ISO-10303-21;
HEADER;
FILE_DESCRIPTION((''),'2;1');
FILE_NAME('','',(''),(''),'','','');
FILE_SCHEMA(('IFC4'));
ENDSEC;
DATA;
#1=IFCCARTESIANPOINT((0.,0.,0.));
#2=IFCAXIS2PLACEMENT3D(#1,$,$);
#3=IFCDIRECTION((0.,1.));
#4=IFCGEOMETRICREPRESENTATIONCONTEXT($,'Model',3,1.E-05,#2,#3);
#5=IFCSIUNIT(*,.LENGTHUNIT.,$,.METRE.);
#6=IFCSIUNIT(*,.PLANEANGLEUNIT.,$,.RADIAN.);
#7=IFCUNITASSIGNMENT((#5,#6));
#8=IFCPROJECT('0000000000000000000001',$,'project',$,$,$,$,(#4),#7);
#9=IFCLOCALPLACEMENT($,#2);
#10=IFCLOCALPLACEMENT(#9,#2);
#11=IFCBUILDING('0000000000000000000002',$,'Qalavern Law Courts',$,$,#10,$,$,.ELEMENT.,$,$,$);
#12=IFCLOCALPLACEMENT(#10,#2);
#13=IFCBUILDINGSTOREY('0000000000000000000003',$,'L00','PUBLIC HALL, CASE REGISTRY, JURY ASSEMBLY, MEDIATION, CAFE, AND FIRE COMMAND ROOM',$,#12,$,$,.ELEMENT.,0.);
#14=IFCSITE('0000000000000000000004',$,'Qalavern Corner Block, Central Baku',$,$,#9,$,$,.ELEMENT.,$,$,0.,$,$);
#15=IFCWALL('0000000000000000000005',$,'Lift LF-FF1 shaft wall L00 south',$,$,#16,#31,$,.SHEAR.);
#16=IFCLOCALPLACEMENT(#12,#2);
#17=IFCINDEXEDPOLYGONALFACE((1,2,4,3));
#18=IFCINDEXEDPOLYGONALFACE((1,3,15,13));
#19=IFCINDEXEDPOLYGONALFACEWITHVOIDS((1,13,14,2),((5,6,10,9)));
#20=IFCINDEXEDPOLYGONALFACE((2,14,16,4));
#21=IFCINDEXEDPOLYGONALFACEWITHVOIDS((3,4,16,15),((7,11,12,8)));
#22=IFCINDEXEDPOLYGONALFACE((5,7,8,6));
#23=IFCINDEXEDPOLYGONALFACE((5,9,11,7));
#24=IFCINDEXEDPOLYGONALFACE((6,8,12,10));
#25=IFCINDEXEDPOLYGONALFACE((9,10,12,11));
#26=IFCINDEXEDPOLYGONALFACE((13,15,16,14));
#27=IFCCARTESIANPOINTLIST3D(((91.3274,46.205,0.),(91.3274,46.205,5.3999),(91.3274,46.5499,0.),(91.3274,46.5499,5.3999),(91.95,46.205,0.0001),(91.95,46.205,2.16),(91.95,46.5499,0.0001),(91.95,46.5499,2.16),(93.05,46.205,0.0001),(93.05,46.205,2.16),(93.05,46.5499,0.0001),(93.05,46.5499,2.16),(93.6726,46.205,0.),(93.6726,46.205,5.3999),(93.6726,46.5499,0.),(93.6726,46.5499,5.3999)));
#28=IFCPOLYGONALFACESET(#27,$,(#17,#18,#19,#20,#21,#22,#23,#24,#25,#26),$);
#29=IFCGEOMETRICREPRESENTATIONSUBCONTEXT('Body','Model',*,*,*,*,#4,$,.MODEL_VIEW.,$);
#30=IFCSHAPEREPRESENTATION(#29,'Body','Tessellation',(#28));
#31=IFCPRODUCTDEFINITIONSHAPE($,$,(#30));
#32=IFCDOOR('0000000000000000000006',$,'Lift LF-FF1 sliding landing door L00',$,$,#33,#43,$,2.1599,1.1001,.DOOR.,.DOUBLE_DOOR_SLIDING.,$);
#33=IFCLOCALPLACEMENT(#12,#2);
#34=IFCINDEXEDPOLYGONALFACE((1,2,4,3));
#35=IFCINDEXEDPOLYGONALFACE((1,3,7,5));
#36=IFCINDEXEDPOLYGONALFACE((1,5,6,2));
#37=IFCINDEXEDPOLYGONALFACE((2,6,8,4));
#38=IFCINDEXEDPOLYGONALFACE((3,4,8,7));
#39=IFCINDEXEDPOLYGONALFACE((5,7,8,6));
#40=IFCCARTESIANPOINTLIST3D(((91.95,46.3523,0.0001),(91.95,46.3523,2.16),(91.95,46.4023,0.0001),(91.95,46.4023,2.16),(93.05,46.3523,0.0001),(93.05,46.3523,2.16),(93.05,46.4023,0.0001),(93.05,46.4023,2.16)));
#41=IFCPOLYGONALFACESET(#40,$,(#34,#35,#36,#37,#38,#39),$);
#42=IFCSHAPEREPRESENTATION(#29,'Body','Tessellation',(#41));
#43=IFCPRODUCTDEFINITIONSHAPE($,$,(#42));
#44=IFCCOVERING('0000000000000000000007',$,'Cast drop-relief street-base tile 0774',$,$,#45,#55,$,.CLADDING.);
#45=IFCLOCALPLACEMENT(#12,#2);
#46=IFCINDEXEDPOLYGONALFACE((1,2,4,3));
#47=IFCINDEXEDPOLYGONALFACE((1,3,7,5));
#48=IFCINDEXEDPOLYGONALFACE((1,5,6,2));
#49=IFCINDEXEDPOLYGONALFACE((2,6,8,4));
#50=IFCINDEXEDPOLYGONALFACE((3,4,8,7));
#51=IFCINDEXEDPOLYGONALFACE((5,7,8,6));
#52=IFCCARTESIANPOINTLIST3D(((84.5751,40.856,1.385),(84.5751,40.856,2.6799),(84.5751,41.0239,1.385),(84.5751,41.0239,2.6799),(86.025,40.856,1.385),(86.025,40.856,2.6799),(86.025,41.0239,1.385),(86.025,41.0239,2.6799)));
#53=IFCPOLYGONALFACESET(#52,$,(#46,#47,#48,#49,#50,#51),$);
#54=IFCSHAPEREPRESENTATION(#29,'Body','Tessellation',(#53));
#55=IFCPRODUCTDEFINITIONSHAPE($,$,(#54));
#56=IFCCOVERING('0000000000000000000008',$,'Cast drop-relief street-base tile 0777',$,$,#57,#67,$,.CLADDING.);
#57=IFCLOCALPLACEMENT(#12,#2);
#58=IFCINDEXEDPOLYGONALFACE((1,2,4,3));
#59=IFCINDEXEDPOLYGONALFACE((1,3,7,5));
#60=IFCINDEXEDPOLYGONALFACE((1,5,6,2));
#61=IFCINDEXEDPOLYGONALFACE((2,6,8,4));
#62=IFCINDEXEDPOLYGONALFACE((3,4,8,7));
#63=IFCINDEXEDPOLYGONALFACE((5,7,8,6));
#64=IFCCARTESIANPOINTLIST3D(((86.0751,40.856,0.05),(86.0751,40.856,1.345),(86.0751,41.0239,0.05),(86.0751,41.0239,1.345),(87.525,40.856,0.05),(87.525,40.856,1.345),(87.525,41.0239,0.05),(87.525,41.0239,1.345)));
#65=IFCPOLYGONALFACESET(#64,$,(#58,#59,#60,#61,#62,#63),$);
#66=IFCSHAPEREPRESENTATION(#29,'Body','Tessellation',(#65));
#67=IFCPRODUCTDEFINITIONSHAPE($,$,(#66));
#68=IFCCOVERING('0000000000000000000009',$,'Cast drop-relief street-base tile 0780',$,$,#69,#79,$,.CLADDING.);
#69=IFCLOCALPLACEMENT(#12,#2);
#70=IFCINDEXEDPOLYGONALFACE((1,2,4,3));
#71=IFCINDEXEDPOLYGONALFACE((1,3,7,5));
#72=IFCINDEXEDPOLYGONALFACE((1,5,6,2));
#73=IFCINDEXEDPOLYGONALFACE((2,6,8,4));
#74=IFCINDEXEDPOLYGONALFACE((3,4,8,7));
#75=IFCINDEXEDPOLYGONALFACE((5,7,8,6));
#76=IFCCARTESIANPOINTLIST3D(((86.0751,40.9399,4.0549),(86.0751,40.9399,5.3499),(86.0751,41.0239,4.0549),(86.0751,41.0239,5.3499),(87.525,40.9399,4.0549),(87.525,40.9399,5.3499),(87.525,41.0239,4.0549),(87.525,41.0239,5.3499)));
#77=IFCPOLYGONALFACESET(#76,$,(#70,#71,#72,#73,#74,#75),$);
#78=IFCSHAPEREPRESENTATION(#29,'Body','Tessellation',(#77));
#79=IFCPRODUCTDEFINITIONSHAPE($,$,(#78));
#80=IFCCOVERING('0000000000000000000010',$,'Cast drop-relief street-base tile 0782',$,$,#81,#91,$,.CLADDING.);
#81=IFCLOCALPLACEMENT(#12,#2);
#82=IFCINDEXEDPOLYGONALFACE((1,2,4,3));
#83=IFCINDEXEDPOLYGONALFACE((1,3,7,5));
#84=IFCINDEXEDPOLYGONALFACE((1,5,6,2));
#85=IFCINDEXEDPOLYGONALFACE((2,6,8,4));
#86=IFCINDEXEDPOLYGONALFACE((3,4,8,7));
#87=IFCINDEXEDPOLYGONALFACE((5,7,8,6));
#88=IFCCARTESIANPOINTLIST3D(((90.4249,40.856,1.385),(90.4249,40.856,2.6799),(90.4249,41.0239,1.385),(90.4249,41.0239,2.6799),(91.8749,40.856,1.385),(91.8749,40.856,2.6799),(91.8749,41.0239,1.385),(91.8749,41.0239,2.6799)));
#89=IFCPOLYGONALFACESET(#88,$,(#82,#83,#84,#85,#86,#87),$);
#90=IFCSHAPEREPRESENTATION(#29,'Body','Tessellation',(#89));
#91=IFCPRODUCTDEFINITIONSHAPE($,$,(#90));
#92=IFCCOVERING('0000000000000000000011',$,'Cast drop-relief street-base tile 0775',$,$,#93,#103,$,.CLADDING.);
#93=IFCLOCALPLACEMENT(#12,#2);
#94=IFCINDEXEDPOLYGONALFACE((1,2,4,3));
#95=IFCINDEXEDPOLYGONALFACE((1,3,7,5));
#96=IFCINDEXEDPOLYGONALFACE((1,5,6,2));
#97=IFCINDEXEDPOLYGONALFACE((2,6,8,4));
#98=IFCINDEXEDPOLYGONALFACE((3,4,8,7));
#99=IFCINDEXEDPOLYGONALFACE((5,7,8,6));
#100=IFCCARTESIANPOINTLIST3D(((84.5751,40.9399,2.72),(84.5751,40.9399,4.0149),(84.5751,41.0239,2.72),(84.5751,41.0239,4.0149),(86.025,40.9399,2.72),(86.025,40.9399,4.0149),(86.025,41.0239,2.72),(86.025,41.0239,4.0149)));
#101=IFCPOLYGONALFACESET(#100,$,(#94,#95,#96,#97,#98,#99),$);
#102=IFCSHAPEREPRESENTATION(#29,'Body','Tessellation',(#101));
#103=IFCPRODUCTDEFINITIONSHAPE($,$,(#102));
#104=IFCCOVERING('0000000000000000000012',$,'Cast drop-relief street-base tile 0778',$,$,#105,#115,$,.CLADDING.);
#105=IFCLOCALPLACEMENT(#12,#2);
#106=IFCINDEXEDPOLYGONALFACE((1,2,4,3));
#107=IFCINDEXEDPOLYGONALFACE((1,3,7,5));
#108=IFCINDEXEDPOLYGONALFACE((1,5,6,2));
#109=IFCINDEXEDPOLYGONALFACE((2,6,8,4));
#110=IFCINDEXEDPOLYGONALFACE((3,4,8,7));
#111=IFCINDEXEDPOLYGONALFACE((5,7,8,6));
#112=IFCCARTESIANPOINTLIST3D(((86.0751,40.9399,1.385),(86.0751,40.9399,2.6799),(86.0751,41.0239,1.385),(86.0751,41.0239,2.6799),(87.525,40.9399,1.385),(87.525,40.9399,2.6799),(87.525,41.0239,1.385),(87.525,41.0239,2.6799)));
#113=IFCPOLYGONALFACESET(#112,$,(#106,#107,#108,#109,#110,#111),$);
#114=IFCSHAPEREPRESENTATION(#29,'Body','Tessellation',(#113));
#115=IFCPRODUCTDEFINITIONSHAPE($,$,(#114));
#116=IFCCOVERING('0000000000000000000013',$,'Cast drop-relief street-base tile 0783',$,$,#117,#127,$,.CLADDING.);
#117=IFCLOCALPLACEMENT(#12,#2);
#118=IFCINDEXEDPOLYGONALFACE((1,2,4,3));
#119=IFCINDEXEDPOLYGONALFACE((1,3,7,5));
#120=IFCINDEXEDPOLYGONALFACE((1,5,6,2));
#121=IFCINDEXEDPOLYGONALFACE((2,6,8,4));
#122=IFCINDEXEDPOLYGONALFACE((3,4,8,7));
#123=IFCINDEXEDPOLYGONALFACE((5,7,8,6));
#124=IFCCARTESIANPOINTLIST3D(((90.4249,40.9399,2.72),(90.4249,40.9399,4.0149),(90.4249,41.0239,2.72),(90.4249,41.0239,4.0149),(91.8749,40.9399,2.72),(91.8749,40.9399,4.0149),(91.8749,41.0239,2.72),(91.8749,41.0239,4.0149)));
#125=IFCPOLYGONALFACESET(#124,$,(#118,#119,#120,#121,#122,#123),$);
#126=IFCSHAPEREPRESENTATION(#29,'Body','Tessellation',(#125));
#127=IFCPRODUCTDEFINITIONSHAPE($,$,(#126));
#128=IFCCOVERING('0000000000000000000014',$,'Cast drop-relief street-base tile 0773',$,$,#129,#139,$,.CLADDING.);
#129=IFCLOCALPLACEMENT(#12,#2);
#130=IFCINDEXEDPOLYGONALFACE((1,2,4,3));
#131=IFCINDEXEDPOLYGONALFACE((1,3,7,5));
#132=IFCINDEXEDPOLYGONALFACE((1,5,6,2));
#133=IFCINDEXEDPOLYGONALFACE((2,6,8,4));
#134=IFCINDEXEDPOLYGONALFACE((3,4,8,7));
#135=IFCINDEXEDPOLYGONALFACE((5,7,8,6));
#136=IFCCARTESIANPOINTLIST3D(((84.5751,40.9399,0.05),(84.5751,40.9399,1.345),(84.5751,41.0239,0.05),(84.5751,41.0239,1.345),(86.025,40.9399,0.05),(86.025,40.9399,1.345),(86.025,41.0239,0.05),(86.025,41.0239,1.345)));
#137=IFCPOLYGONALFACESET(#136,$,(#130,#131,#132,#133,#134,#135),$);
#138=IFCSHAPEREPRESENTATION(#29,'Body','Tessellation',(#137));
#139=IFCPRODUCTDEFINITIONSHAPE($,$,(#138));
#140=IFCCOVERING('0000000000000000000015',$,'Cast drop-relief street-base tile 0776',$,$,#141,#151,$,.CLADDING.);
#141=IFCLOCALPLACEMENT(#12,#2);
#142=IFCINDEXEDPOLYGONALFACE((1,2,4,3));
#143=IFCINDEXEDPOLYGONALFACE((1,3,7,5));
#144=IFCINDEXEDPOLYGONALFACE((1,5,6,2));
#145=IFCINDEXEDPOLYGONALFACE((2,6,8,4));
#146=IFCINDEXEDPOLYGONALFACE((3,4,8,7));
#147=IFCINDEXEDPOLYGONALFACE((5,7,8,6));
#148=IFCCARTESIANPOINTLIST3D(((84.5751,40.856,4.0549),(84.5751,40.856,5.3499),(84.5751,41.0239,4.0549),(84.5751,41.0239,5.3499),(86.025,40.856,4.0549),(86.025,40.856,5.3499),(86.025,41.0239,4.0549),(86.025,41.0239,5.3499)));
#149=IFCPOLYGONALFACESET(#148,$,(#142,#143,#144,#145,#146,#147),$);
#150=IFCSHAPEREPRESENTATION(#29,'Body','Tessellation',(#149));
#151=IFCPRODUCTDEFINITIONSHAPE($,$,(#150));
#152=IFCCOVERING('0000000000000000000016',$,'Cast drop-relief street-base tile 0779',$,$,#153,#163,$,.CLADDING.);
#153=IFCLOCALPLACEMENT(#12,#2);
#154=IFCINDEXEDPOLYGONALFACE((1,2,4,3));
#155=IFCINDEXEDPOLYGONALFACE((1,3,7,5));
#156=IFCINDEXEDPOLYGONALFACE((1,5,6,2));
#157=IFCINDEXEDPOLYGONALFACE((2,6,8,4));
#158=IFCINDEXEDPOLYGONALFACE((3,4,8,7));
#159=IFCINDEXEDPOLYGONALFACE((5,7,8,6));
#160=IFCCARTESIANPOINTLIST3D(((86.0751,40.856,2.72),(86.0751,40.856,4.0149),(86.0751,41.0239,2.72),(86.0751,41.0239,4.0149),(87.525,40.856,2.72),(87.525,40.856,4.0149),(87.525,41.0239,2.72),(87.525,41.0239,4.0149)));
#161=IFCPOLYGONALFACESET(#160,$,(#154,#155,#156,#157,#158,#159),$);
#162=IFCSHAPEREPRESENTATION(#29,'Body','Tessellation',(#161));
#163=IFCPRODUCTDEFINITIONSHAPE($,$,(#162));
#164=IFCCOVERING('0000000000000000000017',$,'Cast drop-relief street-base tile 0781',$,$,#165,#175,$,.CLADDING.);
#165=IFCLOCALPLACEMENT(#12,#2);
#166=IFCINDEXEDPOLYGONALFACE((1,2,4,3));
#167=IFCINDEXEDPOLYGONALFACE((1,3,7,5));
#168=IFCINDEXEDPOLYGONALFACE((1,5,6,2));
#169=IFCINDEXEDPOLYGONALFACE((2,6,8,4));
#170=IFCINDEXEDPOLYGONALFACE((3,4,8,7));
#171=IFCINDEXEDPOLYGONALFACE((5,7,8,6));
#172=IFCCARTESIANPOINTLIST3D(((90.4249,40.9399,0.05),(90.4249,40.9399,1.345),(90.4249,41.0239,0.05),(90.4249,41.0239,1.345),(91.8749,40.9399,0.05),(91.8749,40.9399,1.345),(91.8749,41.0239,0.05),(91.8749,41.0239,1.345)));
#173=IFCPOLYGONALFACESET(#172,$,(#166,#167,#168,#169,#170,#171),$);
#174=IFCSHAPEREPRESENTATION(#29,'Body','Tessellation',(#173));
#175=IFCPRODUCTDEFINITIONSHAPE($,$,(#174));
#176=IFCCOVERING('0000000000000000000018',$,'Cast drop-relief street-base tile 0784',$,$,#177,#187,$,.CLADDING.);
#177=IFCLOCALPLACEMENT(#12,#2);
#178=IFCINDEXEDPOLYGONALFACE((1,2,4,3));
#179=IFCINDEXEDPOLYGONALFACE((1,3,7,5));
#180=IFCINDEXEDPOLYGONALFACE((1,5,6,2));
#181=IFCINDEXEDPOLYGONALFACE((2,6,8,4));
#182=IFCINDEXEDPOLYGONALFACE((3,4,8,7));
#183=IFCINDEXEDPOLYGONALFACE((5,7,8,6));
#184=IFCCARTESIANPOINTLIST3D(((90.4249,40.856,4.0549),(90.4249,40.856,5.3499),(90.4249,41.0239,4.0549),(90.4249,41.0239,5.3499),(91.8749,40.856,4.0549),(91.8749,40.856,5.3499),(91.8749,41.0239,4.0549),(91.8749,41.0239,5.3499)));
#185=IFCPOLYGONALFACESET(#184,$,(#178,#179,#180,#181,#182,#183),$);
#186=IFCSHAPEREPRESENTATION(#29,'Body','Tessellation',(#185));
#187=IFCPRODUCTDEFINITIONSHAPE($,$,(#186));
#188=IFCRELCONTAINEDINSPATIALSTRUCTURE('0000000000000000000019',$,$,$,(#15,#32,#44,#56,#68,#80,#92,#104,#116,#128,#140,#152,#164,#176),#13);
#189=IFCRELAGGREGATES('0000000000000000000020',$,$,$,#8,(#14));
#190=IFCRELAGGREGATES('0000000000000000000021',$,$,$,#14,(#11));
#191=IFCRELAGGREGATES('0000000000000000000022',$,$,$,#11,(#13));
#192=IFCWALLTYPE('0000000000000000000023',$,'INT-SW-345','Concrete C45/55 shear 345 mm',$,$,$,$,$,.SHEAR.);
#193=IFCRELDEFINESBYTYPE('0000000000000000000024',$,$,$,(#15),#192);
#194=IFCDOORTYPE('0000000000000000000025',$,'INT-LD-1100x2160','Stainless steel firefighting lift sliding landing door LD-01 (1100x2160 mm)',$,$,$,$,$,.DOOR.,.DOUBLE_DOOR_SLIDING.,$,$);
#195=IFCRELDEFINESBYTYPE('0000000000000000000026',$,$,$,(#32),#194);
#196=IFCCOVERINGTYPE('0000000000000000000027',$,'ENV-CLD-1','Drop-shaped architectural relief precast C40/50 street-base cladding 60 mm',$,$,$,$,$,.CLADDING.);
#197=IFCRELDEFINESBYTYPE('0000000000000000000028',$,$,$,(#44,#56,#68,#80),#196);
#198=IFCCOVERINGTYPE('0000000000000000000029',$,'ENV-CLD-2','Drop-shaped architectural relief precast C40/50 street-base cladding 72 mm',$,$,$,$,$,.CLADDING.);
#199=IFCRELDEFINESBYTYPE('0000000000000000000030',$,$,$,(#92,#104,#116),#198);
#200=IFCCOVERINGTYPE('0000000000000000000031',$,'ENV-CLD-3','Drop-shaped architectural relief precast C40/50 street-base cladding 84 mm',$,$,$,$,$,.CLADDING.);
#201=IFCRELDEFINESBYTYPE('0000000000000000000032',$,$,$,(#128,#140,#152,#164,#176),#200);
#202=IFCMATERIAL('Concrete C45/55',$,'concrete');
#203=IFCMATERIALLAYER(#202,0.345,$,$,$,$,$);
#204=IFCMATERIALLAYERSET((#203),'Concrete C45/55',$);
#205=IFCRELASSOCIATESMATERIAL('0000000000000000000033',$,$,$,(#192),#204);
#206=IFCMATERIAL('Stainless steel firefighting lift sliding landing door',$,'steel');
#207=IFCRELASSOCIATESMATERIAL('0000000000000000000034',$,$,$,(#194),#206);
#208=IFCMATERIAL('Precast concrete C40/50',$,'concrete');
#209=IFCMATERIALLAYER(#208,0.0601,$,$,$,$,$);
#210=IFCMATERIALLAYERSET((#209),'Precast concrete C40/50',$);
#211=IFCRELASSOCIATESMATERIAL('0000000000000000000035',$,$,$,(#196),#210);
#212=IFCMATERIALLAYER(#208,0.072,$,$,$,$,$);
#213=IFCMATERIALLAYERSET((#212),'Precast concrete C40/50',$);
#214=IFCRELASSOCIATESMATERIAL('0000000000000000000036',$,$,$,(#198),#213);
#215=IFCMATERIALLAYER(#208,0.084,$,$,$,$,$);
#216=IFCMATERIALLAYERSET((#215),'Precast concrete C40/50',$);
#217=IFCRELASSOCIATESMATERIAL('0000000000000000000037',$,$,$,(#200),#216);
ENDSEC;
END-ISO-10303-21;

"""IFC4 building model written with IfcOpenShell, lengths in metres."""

from ifc_helpers import new_model, si_unit, direction, frame, frame_2d, origin, origin_2d, place, context, subcontext, project, spatial, rectangle, extrude, material, layer, layer_set, type_object, element, fill, save


model = new_model("IFC4")

# Units and contexts
model_context = context("Model", 3, precision=1e-05, world=origin(), true_north=direction((0.0, 1.0)))
body_context = subcontext(model_context, "Body", "Model", "MODEL_VIEW")
ifc_project = project(units=[si_unit("LENGTHUNIT", "METRE"), si_unit("PLANEANGLEUNIT", "RADIAN")], contexts=[model_context])

# Site, building, storey
site_placement = place(None, origin())
site = spatial("IfcSite", under=ifc_project, at=site_placement, Name="Qalavern Corner Block, Central Baku", CompositionType="ELEMENT", RefElevation=0.0)
building_placement = place(site_placement, origin())
building = spatial("IfcBuilding", under=site, at=building_placement, Name="Qalavern Law Courts", CompositionType="ELEMENT")
storey_placement = place(building_placement, origin())
storey = spatial("IfcBuildingStorey", under=building, at=storey_placement, Name="L00", Description="PUBLIC HALL, CASE REGISTRY, JURY ASSEMBLY, MEDIATION, CAFE, AND FIRE COMMAND ROOM", CompositionType="ELEMENT", Elevation=0.0)

# Shared definitions
ifc_material_1 = material(Name="Concrete C45/55", Category="concrete")

# Wall, opening, door
ifc_layer_1 = layer(ifc_material_1, 0.345)
ifc_layer_set_1 = layer_set([ifc_layer_1], Name="Concrete C45/55")
wall_type_1 = type_object("IfcWallType", Name="INT-SW-345", Description="Concrete C45/55 shear 345 mm", PredefinedType="SHEAR", material=ifc_layer_set_1)
wall_1_placement = place(storey_placement, frame((91.3274, 46.3774, 0.0), z_axis=(0.0, 0.0, 1.0), x_axis=(1.0, 0.0, 0.0)))
wall_1 = element("IfcWall", 1, at=wall_1_placement, inside=storey, type_object=wall_type_1, Name="Lift LF-FF1 shaft wall L00 south", PredefinedType="SHEAR", context=body_context, shape_type="SweptSolid", body=[
    extrude(rectangle(XDim=2.3452, YDim=0.345, at=frame_2d((1.1726, 0.0))), origin(), (0.0, 0.0, 1.0), 5.3999),
])
opening_1_placement = place(wall_1_placement, frame((0.6226, 0.0, 0.0)))
opening_1 = element("IfcOpeningElement", 2, at=opening_1_placement, cuts=wall_1, PredefinedType="OPENING", context=body_context, shape_type="SweptSolid", body=[
    extrude(rectangle(XDim=1.1001, YDim=2.1599, at=frame_2d((0.55, 1.0801))), frame((0.0, 0.1875, 0.0), z_axis=(0.0, -1.0, 0.0), x_axis=(1.0, 0.0, 0.0)), (0.0, 0.0, 1.0), 0.3748),
])
ifc_material_2 = material(Name="Stainless steel firefighting lift sliding landing door", Category="steel")
door_type_1 = type_object("IfcDoorType", Name="INT-LD-1100x2160", Description="Stainless steel firefighting lift sliding landing door LD-01 (1100x2160 mm)", OperationType="DOUBLE_DOOR_SLIDING", PredefinedType="DOOR", material=ifc_material_2)
door_1_placement = place(opening_1_placement, origin())
door_1 = element("IfcDoor", 3, at=door_1_placement, inside=storey, type_object=door_type_1, Name="Lift LF-FF1 sliding landing door L00", OperationType="DOUBLE_DOOR_SLIDING", OverallHeight=2.1599, OverallWidth=1.1001, PredefinedType="DOOR", context=body_context, shape_type="SweptSolid", body=[
    extrude(rectangle(XDim=1.1001, YDim=2.1599, at=frame_2d((0.55, 1.0801))), frame((0.0, 0.0249, 0.0), z_axis=(0.0, -1.0, 0.0), x_axis=(1.0, 0.0, 0.0)), (0.0, 0.0, 1.0), 0.05),
])
fill(opening_1, door_1)

# Coverings
ifc_material_3 = material(Name="Precast concrete C40/50", Category="concrete")
ifc_layer_2 = layer(ifc_material_3, 0.0601)
ifc_layer_set_2 = layer_set([ifc_layer_2], Name="Precast concrete C40/50")
covering_type_1 = type_object("IfcCoveringType", Name="ENV-CLD-1", Description="Drop-shaped architectural relief precast C40/50 street-base cladding 60 mm", PredefinedType="CLADDING", material=ifc_layer_set_2)
for number, where, z_axis, x_axis, name in (
    (4, (85.3, 40.9399, 1.385), (0.0, 0.0, 1.0), (1.0, 0.0, 0.0), "Cast drop-relief street-base tile 0774"),
    (5, (86.8, 40.9399, 0.05), (0.0, 0.0, 1.0), (1.0, 0.0, 0.0), "Cast drop-relief street-base tile 0777"),
):
    element("IfcCovering", number, at=place(storey_placement, frame(where, z_axis=z_axis, x_axis=x_axis)), inside=storey, type_object=covering_type_1, Name=name, PredefinedType="CLADDING", context=body_context, shape_type="SweptSolid", body=[
        extrude(rectangle(XDim=1.45, YDim=0.168, at=origin_2d()), origin(), (0.0, 0.0, 1.0), 1.2949),
    ])
covering_1_placement = place(storey_placement, frame((86.8, 40.9819, 4.0549), z_axis=(0.0, 0.0, 1.0), x_axis=(1.0, 0.0, 0.0)))
element("IfcCovering", 6, at=covering_1_placement, inside=storey, type_object=covering_type_1, Name="Cast drop-relief street-base tile 0780", PredefinedType="CLADDING", context=body_context, shape_type="SweptSolid", body=[
    extrude(rectangle(XDim=1.45, YDim=0.084, at=origin_2d()), origin(), (0.0, 0.0, 1.0), 1.2949),
])
covering_2_placement = place(storey_placement, frame((91.1499, 40.9399, 1.385), z_axis=(0.0, 0.0, 1.0), x_axis=(1.0, 0.0, 0.0)))
element("IfcCovering", 7, at=covering_2_placement, inside=storey, type_object=covering_type_1, Name="Cast drop-relief street-base tile 0782", PredefinedType="CLADDING", context=body_context, shape_type="SweptSolid", body=[
    extrude(rectangle(XDim=1.45, YDim=0.168, at=origin_2d()), origin(), (0.0, 0.0, 1.0), 1.2949),
])
ifc_layer_3 = layer(ifc_material_3, 0.072)
ifc_layer_set_3 = layer_set([ifc_layer_3], Name="Precast concrete C40/50")
covering_type_2 = type_object("IfcCoveringType", Name="ENV-CLD-2", Description="Drop-shaped architectural relief precast C40/50 street-base cladding 72 mm", PredefinedType="CLADDING", material=ifc_layer_set_3)
for number, where, z_axis, x_axis, name in (
    (8, (85.3, 40.9819, 2.72), (0.0, 0.0, 1.0), (1.0, 0.0, 0.0), "Cast drop-relief street-base tile 0775"),
    (9, (86.8, 40.9819, 1.385), (0.0, 0.0, 1.0), (1.0, 0.0, 0.0), "Cast drop-relief street-base tile 0778"),
    (10, (91.1499, 40.9819, 2.72), (0.0, 0.0, 1.0), (1.0, 0.0, 0.0), "Cast drop-relief street-base tile 0783"),
):
    element("IfcCovering", number, at=place(storey_placement, frame(where, z_axis=z_axis, x_axis=x_axis)), inside=storey, type_object=covering_type_2, Name=name, PredefinedType="CLADDING", context=body_context, shape_type="SweptSolid", body=[
        extrude(rectangle(XDim=1.45, YDim=0.084, at=origin_2d()), origin(), (0.0, 0.0, 1.0), 1.2949),
    ])
ifc_layer_4 = layer(ifc_material_3, 0.084)
ifc_layer_set_4 = layer_set([ifc_layer_4], Name="Precast concrete C40/50")
covering_type_3 = type_object("IfcCoveringType", Name="ENV-CLD-3", Description="Drop-shaped architectural relief precast C40/50 street-base cladding 84 mm", PredefinedType="CLADDING", material=ifc_layer_set_4)
covering_3_placement = place(storey_placement, frame((85.3, 40.9819, 0.05), z_axis=(0.0, 0.0, 1.0), x_axis=(1.0, 0.0, 0.0)))
element("IfcCovering", 11, at=covering_3_placement, inside=storey, type_object=covering_type_3, Name="Cast drop-relief street-base tile 0773", PredefinedType="CLADDING", context=body_context, shape_type="SweptSolid", body=[
    extrude(rectangle(XDim=1.45, YDim=0.084, at=origin_2d()), origin(), (0.0, 0.0, 1.0), 1.2949),
])
for number, where, z_axis, x_axis, name in (
    (12, (85.3, 40.9399, 4.0549), (0.0, 0.0, 1.0), (1.0, 0.0, 0.0), "Cast drop-relief street-base tile 0776"),
    (13, (86.8, 40.9399, 2.72), (0.0, 0.0, 1.0), (1.0, 0.0, 0.0), "Cast drop-relief street-base tile 0779"),
):
    element("IfcCovering", number, at=place(storey_placement, frame(where, z_axis=z_axis, x_axis=x_axis)), inside=storey, type_object=covering_type_3, Name=name, PredefinedType="CLADDING", context=body_context, shape_type="SweptSolid", body=[
        extrude(rectangle(XDim=1.45, YDim=0.168, at=origin_2d()), origin(), (0.0, 0.0, 1.0), 1.2949),
    ])
covering_4_placement = place(storey_placement, frame((91.1499, 40.9819, 0.05), z_axis=(0.0, 0.0, 1.0), x_axis=(1.0, 0.0, 0.0)))
element("IfcCovering", 14, at=covering_4_placement, inside=storey, type_object=covering_type_3, Name="Cast drop-relief street-base tile 0781", PredefinedType="CLADDING", context=body_context, shape_type="SweptSolid", body=[
    extrude(rectangle(XDim=1.45, YDim=0.084, at=origin_2d()), origin(), (0.0, 0.0, 1.0), 1.2949),
])
covering_5_placement = place(storey_placement, frame((91.1499, 40.9399, 4.0549), z_axis=(0.0, 0.0, 1.0), x_axis=(1.0, 0.0, 0.0)))
element("IfcCovering", 15, at=covering_5_placement, inside=storey, type_object=covering_type_3, Name="Cast drop-relief street-base tile 0784", PredefinedType="CLADDING", context=body_context, shape_type="SweptSolid", body=[
    extrude(rectangle(XDim=1.45, YDim=0.168, at=origin_2d()), origin(), (0.0, 0.0, 1.0), 1.2949),
])

save(model, "model.ifc")
